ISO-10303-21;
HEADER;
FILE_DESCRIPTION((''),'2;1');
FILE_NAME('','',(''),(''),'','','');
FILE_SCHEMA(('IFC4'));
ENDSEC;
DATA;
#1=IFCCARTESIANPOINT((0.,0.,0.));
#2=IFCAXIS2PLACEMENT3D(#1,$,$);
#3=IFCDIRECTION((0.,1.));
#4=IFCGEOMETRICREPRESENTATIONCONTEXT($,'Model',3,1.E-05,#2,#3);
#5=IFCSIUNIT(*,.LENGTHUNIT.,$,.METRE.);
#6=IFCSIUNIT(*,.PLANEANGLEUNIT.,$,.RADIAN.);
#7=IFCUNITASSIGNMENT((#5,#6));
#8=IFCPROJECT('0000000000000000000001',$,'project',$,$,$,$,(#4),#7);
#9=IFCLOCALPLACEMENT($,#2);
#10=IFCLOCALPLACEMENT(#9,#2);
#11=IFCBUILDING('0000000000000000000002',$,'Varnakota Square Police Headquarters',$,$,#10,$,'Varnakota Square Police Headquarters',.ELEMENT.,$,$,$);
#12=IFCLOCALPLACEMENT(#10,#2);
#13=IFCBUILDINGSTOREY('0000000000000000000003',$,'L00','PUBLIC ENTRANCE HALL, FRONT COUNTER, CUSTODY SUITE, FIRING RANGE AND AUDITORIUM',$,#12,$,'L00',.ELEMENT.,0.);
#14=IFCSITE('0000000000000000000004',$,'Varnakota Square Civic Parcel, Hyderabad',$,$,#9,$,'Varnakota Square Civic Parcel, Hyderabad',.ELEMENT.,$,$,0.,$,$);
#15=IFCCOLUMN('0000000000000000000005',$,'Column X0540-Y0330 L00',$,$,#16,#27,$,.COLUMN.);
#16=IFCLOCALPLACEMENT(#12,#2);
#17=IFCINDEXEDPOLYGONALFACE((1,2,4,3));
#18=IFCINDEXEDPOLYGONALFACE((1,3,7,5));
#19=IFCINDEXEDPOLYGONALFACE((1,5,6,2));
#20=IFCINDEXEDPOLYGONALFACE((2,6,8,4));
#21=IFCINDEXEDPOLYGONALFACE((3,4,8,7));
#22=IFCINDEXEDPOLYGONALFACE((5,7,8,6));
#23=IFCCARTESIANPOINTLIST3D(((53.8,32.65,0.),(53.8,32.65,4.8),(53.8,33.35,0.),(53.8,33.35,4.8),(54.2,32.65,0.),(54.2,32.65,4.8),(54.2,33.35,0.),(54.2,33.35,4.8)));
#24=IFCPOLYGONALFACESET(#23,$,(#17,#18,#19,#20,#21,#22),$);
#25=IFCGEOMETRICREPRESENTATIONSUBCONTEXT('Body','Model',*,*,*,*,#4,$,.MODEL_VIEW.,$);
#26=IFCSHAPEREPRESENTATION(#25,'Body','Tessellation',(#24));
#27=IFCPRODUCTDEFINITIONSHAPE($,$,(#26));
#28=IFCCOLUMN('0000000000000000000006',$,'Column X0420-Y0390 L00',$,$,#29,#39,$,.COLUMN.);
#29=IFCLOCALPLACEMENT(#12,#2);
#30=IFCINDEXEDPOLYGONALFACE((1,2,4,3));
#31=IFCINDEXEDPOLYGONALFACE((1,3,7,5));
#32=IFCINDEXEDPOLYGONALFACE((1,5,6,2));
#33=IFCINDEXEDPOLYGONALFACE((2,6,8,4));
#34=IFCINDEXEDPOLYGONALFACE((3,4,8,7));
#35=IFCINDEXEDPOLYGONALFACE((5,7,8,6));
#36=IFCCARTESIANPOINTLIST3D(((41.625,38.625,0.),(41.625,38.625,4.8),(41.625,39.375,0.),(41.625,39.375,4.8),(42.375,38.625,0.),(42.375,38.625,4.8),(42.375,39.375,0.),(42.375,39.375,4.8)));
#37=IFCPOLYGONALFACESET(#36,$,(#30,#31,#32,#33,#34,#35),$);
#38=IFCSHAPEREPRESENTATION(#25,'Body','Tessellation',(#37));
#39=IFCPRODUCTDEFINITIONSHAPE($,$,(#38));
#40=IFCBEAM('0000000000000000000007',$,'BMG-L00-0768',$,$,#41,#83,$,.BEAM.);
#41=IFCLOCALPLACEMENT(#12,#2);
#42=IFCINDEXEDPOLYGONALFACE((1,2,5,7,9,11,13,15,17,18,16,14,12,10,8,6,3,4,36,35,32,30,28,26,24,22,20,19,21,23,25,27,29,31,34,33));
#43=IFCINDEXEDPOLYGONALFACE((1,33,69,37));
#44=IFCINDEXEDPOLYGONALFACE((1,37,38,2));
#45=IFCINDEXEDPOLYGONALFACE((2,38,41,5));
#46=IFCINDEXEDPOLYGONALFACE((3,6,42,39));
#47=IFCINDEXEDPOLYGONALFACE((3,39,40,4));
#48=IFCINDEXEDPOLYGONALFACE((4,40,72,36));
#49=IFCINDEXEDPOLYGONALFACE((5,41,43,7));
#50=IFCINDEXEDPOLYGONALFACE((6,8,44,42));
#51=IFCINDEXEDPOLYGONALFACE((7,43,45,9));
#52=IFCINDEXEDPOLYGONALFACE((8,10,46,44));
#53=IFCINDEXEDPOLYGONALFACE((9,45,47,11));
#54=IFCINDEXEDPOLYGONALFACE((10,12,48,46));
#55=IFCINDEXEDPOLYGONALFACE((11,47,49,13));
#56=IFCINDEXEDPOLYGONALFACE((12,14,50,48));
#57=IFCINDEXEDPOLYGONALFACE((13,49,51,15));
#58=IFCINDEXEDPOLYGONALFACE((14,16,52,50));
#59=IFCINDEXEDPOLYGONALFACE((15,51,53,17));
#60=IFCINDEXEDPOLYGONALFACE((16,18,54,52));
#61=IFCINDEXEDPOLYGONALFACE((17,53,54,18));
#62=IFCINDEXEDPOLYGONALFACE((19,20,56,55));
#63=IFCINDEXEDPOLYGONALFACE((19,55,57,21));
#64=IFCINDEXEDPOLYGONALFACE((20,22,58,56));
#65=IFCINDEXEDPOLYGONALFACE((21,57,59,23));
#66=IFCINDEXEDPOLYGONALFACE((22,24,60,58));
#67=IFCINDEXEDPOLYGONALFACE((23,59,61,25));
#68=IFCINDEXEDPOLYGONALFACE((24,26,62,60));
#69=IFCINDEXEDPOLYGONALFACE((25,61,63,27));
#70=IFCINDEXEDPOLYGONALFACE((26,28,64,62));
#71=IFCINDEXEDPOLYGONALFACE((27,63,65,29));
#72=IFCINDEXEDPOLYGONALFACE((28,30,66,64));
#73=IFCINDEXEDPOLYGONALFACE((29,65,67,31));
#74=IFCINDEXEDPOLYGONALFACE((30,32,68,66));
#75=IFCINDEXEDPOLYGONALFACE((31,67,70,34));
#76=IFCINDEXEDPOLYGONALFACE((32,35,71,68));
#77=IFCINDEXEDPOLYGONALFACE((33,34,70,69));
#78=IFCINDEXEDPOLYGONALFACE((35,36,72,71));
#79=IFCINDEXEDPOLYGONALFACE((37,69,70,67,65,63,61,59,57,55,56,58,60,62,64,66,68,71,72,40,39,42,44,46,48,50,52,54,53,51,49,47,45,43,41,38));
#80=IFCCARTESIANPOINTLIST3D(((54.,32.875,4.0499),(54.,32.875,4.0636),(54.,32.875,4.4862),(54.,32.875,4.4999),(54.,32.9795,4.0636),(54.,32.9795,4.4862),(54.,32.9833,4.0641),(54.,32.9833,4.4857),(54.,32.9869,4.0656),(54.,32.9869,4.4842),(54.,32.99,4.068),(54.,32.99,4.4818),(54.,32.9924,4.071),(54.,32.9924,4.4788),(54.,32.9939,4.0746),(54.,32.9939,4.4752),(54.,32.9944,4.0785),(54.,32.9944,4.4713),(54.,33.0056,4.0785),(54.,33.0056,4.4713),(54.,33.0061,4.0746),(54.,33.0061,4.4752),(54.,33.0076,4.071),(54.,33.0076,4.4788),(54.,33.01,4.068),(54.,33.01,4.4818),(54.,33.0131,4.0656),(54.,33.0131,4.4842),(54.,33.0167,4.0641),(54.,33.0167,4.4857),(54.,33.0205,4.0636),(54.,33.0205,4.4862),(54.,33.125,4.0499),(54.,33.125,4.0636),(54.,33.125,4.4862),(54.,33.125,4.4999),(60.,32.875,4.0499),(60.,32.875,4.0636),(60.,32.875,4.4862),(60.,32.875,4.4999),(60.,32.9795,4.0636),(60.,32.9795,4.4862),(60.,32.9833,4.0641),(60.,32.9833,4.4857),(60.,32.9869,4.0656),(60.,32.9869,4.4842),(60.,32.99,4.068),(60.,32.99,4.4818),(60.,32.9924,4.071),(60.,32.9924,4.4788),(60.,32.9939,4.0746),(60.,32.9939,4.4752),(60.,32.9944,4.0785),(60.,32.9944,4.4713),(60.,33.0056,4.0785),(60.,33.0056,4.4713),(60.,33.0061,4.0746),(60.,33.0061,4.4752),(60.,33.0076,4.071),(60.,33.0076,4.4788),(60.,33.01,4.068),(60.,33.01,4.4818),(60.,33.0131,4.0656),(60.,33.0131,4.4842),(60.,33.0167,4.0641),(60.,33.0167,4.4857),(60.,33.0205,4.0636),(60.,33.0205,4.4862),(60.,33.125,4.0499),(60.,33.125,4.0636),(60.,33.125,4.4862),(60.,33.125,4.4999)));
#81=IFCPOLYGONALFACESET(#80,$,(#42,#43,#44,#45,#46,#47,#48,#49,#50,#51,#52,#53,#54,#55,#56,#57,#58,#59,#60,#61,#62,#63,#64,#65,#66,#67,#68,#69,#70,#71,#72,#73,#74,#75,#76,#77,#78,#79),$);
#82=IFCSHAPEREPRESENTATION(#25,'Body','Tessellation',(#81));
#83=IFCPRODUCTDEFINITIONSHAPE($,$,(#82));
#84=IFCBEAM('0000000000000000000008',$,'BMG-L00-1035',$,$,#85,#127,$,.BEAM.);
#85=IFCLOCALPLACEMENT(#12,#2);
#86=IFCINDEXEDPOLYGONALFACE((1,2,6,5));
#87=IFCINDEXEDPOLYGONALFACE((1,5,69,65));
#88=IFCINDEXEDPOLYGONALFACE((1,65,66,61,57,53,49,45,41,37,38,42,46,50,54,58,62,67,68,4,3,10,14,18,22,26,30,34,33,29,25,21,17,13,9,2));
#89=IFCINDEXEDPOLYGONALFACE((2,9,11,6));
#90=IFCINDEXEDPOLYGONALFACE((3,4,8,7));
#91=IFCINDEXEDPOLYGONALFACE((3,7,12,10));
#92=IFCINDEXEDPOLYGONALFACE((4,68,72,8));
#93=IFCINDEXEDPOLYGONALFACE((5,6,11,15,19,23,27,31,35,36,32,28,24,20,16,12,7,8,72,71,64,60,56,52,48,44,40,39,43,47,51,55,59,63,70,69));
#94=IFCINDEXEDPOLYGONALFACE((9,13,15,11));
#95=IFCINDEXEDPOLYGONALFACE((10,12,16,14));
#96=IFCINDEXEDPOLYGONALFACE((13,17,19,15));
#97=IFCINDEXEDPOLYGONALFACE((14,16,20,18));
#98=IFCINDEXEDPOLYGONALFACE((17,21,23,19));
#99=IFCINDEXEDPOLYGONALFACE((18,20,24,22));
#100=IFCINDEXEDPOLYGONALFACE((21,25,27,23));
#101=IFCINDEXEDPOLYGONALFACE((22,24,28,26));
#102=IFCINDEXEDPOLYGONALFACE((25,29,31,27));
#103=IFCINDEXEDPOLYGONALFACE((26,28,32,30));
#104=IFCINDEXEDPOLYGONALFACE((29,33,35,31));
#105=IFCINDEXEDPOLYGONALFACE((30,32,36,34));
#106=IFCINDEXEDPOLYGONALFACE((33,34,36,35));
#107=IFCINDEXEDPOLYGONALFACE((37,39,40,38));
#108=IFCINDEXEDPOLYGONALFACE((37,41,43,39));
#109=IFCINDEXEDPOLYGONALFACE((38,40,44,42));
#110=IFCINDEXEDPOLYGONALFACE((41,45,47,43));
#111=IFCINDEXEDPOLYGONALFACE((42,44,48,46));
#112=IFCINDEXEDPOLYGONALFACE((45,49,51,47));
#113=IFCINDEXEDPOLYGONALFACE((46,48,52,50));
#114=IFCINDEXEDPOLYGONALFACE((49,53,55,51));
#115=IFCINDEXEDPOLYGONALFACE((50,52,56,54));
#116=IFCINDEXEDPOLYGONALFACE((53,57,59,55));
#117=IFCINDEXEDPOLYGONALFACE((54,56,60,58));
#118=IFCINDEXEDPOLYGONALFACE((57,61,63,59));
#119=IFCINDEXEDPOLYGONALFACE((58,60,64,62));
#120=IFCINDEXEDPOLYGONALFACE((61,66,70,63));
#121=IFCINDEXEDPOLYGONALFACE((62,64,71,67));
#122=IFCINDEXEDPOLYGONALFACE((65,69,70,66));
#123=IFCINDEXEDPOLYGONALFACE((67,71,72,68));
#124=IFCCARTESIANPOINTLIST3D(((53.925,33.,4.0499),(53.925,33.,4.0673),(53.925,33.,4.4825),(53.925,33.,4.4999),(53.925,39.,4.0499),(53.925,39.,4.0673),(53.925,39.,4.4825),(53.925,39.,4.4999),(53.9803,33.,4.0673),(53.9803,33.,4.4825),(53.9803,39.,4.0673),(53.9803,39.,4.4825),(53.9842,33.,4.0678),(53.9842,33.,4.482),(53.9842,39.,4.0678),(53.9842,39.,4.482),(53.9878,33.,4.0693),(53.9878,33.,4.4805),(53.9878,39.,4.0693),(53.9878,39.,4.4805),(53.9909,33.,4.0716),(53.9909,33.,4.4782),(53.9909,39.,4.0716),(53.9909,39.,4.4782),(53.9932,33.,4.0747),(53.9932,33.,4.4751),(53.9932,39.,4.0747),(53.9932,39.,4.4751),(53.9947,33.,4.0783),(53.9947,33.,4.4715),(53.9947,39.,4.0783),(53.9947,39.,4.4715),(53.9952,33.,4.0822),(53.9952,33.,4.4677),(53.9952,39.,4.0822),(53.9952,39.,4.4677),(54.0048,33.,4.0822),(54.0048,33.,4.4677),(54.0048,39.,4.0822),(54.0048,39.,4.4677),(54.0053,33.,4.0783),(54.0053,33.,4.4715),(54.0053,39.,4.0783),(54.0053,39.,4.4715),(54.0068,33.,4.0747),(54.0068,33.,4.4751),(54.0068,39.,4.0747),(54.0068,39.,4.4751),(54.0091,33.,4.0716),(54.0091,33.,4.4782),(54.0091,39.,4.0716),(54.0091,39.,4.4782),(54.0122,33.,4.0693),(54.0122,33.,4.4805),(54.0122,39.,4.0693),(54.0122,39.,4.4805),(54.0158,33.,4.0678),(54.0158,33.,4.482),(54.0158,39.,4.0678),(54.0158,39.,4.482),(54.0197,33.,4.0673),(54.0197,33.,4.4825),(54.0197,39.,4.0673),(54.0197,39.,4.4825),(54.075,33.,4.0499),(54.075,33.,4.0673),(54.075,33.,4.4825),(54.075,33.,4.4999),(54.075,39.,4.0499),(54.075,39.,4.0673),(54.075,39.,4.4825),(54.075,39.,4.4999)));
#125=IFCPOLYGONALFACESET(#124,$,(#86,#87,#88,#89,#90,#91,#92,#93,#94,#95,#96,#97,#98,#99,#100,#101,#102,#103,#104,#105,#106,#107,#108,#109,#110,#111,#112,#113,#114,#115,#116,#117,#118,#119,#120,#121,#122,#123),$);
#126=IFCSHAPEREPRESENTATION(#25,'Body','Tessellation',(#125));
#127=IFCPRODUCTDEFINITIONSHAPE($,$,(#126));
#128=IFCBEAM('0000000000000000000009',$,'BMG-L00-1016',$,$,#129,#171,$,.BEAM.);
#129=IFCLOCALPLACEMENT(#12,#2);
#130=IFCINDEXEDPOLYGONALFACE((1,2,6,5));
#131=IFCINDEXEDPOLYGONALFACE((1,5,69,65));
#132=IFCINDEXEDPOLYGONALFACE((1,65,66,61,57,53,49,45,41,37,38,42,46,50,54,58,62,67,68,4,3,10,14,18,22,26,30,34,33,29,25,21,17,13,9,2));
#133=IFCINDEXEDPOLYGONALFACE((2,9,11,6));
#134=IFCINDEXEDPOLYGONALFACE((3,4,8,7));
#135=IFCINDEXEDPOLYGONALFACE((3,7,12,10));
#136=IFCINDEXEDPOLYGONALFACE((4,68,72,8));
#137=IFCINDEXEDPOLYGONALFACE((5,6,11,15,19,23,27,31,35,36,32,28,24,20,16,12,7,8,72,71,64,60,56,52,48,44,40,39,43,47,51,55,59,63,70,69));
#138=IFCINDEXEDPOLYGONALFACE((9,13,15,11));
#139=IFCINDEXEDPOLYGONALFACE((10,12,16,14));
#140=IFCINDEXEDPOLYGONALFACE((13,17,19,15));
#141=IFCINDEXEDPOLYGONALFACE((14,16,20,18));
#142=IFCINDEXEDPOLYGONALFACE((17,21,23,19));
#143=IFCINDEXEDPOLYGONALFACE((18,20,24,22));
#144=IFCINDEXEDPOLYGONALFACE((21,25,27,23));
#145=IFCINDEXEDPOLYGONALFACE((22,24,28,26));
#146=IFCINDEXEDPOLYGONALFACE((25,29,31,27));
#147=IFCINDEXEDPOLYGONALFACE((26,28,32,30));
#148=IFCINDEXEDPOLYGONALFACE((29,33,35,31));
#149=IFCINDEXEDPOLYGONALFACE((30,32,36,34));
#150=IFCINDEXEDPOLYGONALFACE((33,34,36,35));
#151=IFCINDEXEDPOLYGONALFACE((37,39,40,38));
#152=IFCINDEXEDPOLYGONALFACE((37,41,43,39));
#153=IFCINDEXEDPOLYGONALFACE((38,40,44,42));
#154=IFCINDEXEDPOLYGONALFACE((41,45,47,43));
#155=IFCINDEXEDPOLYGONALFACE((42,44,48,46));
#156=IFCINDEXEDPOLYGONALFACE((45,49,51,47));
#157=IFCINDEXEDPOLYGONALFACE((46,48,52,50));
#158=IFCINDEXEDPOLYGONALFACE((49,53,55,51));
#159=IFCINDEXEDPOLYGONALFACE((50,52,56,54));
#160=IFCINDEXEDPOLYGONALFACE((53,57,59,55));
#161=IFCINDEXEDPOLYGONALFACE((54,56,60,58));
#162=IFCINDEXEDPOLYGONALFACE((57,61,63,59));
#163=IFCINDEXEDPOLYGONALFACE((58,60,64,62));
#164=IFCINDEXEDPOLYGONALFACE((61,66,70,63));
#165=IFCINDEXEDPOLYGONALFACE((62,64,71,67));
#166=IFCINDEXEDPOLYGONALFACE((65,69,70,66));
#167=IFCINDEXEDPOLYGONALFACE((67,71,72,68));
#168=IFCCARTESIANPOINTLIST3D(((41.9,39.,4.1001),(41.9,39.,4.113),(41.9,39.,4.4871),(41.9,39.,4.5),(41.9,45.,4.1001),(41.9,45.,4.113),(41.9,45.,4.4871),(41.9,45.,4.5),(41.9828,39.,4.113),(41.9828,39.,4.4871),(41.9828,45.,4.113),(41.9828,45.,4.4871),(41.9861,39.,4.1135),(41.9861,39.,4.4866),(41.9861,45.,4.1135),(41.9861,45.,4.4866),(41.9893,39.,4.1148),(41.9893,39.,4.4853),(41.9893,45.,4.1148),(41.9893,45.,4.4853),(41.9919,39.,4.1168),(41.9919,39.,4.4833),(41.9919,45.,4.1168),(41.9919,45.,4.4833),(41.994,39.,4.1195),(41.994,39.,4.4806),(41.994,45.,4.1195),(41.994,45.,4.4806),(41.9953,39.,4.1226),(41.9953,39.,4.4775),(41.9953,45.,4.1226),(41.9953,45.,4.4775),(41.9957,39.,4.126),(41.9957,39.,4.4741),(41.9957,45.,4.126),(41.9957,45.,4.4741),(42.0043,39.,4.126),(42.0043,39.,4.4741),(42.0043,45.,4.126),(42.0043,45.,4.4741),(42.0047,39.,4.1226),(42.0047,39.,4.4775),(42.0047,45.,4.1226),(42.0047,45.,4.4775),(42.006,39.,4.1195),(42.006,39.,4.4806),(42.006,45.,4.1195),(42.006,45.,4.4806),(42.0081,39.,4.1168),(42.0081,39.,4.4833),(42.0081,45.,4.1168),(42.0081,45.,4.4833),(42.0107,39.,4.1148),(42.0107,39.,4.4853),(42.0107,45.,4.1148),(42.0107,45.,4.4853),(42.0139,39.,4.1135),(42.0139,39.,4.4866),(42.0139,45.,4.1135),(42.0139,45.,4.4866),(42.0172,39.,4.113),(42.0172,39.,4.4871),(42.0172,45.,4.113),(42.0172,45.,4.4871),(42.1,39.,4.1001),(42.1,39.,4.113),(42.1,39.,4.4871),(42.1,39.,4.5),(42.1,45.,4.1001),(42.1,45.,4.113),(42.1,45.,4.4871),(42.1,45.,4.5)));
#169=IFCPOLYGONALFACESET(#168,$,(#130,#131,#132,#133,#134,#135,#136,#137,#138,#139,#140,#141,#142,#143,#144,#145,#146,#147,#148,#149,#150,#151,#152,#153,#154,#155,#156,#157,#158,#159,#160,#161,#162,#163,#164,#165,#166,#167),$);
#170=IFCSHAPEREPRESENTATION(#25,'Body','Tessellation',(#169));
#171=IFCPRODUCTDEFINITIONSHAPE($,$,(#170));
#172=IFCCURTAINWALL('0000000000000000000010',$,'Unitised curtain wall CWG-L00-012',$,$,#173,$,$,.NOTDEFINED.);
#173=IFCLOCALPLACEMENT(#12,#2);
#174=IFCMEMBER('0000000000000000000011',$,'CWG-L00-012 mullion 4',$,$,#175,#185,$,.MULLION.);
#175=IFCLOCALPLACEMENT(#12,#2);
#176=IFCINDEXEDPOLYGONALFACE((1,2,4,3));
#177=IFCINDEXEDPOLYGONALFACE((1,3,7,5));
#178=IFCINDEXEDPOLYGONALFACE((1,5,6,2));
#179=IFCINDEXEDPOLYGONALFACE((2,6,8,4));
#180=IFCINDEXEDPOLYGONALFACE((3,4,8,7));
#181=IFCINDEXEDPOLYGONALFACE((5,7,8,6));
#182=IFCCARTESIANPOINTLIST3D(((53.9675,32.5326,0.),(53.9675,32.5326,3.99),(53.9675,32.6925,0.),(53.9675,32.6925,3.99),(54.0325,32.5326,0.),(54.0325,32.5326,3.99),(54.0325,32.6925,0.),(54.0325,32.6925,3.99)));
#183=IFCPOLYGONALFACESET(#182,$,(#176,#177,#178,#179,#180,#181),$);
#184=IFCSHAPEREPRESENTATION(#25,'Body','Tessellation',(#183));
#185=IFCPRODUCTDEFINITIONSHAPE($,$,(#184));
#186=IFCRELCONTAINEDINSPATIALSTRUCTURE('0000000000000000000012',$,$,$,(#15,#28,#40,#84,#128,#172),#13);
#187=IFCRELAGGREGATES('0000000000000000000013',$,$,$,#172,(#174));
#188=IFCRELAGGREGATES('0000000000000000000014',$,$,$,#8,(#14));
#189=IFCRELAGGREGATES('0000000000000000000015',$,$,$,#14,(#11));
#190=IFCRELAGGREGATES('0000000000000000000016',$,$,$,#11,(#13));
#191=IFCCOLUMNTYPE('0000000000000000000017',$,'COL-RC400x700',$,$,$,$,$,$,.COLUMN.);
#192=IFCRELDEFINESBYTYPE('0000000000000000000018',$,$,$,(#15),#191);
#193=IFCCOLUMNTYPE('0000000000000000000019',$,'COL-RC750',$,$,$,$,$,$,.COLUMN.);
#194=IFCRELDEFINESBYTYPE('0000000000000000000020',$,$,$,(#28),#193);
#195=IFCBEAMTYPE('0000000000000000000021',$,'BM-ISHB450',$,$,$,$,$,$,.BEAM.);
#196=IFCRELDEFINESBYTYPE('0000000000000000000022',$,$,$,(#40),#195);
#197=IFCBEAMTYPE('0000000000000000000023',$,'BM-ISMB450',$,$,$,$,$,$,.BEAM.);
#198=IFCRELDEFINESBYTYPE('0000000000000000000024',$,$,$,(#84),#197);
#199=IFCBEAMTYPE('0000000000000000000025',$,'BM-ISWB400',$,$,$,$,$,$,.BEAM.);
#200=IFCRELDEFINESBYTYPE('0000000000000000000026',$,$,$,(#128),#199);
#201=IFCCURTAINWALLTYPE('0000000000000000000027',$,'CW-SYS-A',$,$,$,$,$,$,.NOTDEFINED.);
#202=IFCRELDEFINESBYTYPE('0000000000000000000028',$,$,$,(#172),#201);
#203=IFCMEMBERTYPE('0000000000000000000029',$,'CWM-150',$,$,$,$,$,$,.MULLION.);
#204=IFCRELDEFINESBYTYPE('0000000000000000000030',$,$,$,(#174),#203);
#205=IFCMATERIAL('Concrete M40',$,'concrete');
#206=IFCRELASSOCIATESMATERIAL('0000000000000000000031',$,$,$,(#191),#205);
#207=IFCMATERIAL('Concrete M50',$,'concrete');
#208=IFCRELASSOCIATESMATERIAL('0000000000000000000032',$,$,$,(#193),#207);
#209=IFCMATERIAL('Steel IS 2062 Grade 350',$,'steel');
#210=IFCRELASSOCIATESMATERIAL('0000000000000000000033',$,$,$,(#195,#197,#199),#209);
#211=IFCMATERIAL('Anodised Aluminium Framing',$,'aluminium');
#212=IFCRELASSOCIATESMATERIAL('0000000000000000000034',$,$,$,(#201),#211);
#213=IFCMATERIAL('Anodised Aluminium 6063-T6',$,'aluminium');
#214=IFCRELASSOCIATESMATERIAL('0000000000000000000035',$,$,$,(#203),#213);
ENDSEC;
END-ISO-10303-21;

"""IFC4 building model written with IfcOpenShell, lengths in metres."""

from ifc_helpers import new_model, si_unit, direction, frame, origin, origin_2d, place, context, subcontext, project, spatial, rectangle, i_section, extrude, material, material_profile, profile_set, type_object, element, aggregate, save


model = new_model("IFC4")

# Units and contexts
model_context = context("Model", 3, precision=1e-05, world=origin(), true_north=direction((0.0, 1.0)))
body_context = subcontext(model_context, "Body", "Model", "MODEL_VIEW")
ifc_project = project(units=[si_unit("LENGTHUNIT", "METRE"), si_unit("PLANEANGLEUNIT", "RADIAN")], contexts=[model_context])

# Site, building, storey
site_placement = place(None, origin())
site = spatial("IfcSite", under=ifc_project, at=site_placement, Name="Varnakota Square Civic Parcel, Hyderabad", LongName="Varnakota Square Civic Parcel, Hyderabad", CompositionType="ELEMENT", RefElevation=0.0)
building_placement = place(site_placement, origin())
building = spatial("IfcBuilding", under=site, at=building_placement, Name="Varnakota Square Police Headquarters", LongName="Varnakota Square Police Headquarters", CompositionType="ELEMENT")
storey_placement = place(building_placement, origin())
storey = spatial("IfcBuildingStorey", under=building, at=storey_placement, Name="L00", Description="PUBLIC ENTRANCE HALL, FRONT COUNTER, CUSTODY SUITE, FIRING RANGE AND AUDITORIUM", LongName="L00", CompositionType="ELEMENT", Elevation=0.0)

# Columns
ifc_material_1 = material(Name="Concrete M40", Category="concrete")
ifc_material_profile_1 = material_profile(ifc_material_1, rectangle(XDim=0.3999, YDim=0.7, at=origin_2d()), Name="RC 400x700")
ifc_profile_set_1 = profile_set([ifc_material_profile_1], Name="Concrete M40")
column_type_1 = type_object("IfcColumnType", Name="COL-RC400x700", PredefinedType="COLUMN", material=ifc_profile_set_1)
column_1_placement = place(storey_placement, frame((54.0, 33.0, 0.0), z_axis=(0.0, 0.0, 1.0), x_axis=(1.0, 0.0, 0.0)))
element("IfcColumn", 1, at=column_1_placement, inside=storey, type_object=column_type_1, Name="Column X0540-Y0330 L00", PredefinedType="COLUMN", context=body_context, shape_type="SweptSolid", body=[
    extrude(rectangle(XDim=0.3999, YDim=0.7, at=origin_2d()), origin(), (0.0, 0.0, 1.0), 4.8),
])
ifc_material_2 = material(Name="Concrete M50", Category="concrete")
ifc_material_profile_2 = material_profile(ifc_material_2, rectangle(XDim=0.75, YDim=0.75, at=origin_2d()), Name="RC 750x750")
ifc_profile_set_2 = profile_set([ifc_material_profile_2], Name="Concrete M50")
column_type_2 = type_object("IfcColumnType", Name="COL-RC750", PredefinedType="COLUMN", material=ifc_profile_set_2)
column_2_placement = place(storey_placement, frame((42.0, 39.0, 0.0), z_axis=(0.0, 0.0, 1.0), x_axis=(1.0, 0.0, 0.0)))
element("IfcColumn", 2, at=column_2_placement, inside=storey, type_object=column_type_2, Name="Column X0420-Y0390 L00", PredefinedType="COLUMN", context=body_context, shape_type="SweptSolid", body=[
    extrude(rectangle(XDim=0.75, YDim=0.75, at=origin_2d()), origin(), (0.0, 0.0, 1.0), 4.8),
])

# Beams
ifc_material_3 = material(Name="Steel IS 2062 Grade 350", Category="steel")
ifc_material_profile_3 = material_profile(ifc_material_3, i_section(OverallWidth=0.25, OverallDepth=0.45, WebThickness=0.0112, FlangeThickness=0.0137, FilletRadius=0.0149, at=origin_2d()), Name="ISHB 450")
ifc_profile_set_3 = profile_set([ifc_material_profile_3], Name="Steel IS 2062 Grade 350")
beam_type_1 = type_object("IfcBeamType", Name="BM-ISHB450", PredefinedType="BEAM", material=ifc_profile_set_3)
beam_1_placement = place(storey_placement, frame((54.0, 33.0, 4.2749), z_axis=(1.0, 0.0, 0.0), x_axis=(0.0, 1.0, 0.0)))
element("IfcBeam", 3, at=beam_1_placement, inside=storey, type_object=beam_type_1, Name="BMG-L00-0768", PredefinedType="BEAM", context=body_context, shape_type="SweptSolid", body=[
    extrude(i_section(OverallWidth=0.25, OverallDepth=0.45, WebThickness=0.0112, FlangeThickness=0.0137, FilletRadius=0.0149, at=origin_2d()), origin(), (0.0, 0.0, 1.0), 6.0),
])
ifc_material_profile_4 = material_profile(ifc_material_3, i_section(OverallWidth=0.1499, OverallDepth=0.45, WebThickness=0.0095, FlangeThickness=0.0173, FilletRadius=0.0149, at=origin_2d()), Name="ISMB 450")
ifc_profile_set_4 = profile_set([ifc_material_profile_4], Name="Steel IS 2062 Grade 350")
beam_type_2 = type_object("IfcBeamType", Name="BM-ISMB450", PredefinedType="BEAM", material=ifc_profile_set_4)
beam_2_placement = place(storey_placement, frame((54.0, 33.0, 4.2749), z_axis=(0.0, 1.0, 0.0), x_axis=(-1.0, 0.0, 0.0)))
element("IfcBeam", 4, at=beam_2_placement, inside=storey, type_object=beam_type_2, Name="BMG-L00-1035", PredefinedType="BEAM", context=body_context, shape_type="SweptSolid", body=[
    extrude(i_section(OverallWidth=0.1499, OverallDepth=0.45, WebThickness=0.0095, FlangeThickness=0.0173, FilletRadius=0.0149, at=origin_2d()), origin(), (0.0, 0.0, 1.0), 6.0),
])
ifc_material_profile_5 = material_profile(ifc_material_3, i_section(OverallWidth=0.2, OverallDepth=0.3999, WebThickness=0.0085, FlangeThickness=0.0129, FilletRadius=0.0129, at=origin_2d()), Name="ISWB 400")
ifc_profile_set_5 = profile_set([ifc_material_profile_5], Name="Steel IS 2062 Grade 350")
beam_type_3 = type_object("IfcBeamType", Name="BM-ISWB400", PredefinedType="BEAM", material=ifc_profile_set_5)
beam_3_placement = place(storey_placement, frame((42.0, 39.0, 4.3), z_axis=(0.0, 1.0, 0.0), x_axis=(-1.0, 0.0, 0.0)))
element("IfcBeam", 5, at=beam_3_placement, inside=storey, type_object=beam_type_3, Name="BMG-L00-1016", PredefinedType="BEAM", context=body_context, shape_type="SweptSolid", body=[
    extrude(i_section(OverallWidth=0.2, OverallDepth=0.3999, WebThickness=0.0085, FlangeThickness=0.0129, FilletRadius=0.0129, at=origin_2d()), origin(), (0.0, 0.0, 1.0), 6.0),
])

# Curtain wall, member
ifc_material_4 = material(Name="Anodised Aluminium Framing", Category="aluminium")
curtain_wall_type_1 = type_object("IfcCurtainWallType", Name="CW-SYS-A", PredefinedType="NOTDEFINED", material=ifc_material_4)
curtain_wall_1_placement = place(storey_placement, origin())
curtain_wall_1 = element("IfcCurtainWall", 6, at=curtain_wall_1_placement, inside=storey, type_object=curtain_wall_type_1, Name="Unitised curtain wall CWG-L00-012", PredefinedType="NOTDEFINED")
ifc_material_5 = material(Name="Anodised Aluminium 6063-T6", Category="aluminium")
ifc_material_profile_6 = material_profile(ifc_material_5, rectangle(XDim=0.0649, YDim=0.1599, at=origin_2d()), Name="ALU MULLION 65x160")
ifc_profile_set_6 = profile_set([ifc_material_profile_6], Name="Anodised Aluminium 6063-T6")
member_type_1 = type_object("IfcMemberType", Name="CWM-150", PredefinedType="MULLION", material=ifc_profile_set_6)
member_1_placement = place(storey_placement, frame((54.0, 32.6125, 0.0), z_axis=(0.0, 0.0, 1.0), x_axis=(-1.0, 0.0, 0.0)))
member_1 = element("IfcMember", 7, at=member_1_placement, type_object=member_type_1, Name="CWG-L00-012 mullion 4", PredefinedType="MULLION", context=body_context, shape_type="SweptSolid", body=[
    extrude(rectangle(XDim=0.0649, YDim=0.1599, at=origin_2d()), origin(), (0.0, 0.0, 1.0), 3.99),
])

aggregate(curtain_wall_1, [member_1])

save(model, "model.ifc")
